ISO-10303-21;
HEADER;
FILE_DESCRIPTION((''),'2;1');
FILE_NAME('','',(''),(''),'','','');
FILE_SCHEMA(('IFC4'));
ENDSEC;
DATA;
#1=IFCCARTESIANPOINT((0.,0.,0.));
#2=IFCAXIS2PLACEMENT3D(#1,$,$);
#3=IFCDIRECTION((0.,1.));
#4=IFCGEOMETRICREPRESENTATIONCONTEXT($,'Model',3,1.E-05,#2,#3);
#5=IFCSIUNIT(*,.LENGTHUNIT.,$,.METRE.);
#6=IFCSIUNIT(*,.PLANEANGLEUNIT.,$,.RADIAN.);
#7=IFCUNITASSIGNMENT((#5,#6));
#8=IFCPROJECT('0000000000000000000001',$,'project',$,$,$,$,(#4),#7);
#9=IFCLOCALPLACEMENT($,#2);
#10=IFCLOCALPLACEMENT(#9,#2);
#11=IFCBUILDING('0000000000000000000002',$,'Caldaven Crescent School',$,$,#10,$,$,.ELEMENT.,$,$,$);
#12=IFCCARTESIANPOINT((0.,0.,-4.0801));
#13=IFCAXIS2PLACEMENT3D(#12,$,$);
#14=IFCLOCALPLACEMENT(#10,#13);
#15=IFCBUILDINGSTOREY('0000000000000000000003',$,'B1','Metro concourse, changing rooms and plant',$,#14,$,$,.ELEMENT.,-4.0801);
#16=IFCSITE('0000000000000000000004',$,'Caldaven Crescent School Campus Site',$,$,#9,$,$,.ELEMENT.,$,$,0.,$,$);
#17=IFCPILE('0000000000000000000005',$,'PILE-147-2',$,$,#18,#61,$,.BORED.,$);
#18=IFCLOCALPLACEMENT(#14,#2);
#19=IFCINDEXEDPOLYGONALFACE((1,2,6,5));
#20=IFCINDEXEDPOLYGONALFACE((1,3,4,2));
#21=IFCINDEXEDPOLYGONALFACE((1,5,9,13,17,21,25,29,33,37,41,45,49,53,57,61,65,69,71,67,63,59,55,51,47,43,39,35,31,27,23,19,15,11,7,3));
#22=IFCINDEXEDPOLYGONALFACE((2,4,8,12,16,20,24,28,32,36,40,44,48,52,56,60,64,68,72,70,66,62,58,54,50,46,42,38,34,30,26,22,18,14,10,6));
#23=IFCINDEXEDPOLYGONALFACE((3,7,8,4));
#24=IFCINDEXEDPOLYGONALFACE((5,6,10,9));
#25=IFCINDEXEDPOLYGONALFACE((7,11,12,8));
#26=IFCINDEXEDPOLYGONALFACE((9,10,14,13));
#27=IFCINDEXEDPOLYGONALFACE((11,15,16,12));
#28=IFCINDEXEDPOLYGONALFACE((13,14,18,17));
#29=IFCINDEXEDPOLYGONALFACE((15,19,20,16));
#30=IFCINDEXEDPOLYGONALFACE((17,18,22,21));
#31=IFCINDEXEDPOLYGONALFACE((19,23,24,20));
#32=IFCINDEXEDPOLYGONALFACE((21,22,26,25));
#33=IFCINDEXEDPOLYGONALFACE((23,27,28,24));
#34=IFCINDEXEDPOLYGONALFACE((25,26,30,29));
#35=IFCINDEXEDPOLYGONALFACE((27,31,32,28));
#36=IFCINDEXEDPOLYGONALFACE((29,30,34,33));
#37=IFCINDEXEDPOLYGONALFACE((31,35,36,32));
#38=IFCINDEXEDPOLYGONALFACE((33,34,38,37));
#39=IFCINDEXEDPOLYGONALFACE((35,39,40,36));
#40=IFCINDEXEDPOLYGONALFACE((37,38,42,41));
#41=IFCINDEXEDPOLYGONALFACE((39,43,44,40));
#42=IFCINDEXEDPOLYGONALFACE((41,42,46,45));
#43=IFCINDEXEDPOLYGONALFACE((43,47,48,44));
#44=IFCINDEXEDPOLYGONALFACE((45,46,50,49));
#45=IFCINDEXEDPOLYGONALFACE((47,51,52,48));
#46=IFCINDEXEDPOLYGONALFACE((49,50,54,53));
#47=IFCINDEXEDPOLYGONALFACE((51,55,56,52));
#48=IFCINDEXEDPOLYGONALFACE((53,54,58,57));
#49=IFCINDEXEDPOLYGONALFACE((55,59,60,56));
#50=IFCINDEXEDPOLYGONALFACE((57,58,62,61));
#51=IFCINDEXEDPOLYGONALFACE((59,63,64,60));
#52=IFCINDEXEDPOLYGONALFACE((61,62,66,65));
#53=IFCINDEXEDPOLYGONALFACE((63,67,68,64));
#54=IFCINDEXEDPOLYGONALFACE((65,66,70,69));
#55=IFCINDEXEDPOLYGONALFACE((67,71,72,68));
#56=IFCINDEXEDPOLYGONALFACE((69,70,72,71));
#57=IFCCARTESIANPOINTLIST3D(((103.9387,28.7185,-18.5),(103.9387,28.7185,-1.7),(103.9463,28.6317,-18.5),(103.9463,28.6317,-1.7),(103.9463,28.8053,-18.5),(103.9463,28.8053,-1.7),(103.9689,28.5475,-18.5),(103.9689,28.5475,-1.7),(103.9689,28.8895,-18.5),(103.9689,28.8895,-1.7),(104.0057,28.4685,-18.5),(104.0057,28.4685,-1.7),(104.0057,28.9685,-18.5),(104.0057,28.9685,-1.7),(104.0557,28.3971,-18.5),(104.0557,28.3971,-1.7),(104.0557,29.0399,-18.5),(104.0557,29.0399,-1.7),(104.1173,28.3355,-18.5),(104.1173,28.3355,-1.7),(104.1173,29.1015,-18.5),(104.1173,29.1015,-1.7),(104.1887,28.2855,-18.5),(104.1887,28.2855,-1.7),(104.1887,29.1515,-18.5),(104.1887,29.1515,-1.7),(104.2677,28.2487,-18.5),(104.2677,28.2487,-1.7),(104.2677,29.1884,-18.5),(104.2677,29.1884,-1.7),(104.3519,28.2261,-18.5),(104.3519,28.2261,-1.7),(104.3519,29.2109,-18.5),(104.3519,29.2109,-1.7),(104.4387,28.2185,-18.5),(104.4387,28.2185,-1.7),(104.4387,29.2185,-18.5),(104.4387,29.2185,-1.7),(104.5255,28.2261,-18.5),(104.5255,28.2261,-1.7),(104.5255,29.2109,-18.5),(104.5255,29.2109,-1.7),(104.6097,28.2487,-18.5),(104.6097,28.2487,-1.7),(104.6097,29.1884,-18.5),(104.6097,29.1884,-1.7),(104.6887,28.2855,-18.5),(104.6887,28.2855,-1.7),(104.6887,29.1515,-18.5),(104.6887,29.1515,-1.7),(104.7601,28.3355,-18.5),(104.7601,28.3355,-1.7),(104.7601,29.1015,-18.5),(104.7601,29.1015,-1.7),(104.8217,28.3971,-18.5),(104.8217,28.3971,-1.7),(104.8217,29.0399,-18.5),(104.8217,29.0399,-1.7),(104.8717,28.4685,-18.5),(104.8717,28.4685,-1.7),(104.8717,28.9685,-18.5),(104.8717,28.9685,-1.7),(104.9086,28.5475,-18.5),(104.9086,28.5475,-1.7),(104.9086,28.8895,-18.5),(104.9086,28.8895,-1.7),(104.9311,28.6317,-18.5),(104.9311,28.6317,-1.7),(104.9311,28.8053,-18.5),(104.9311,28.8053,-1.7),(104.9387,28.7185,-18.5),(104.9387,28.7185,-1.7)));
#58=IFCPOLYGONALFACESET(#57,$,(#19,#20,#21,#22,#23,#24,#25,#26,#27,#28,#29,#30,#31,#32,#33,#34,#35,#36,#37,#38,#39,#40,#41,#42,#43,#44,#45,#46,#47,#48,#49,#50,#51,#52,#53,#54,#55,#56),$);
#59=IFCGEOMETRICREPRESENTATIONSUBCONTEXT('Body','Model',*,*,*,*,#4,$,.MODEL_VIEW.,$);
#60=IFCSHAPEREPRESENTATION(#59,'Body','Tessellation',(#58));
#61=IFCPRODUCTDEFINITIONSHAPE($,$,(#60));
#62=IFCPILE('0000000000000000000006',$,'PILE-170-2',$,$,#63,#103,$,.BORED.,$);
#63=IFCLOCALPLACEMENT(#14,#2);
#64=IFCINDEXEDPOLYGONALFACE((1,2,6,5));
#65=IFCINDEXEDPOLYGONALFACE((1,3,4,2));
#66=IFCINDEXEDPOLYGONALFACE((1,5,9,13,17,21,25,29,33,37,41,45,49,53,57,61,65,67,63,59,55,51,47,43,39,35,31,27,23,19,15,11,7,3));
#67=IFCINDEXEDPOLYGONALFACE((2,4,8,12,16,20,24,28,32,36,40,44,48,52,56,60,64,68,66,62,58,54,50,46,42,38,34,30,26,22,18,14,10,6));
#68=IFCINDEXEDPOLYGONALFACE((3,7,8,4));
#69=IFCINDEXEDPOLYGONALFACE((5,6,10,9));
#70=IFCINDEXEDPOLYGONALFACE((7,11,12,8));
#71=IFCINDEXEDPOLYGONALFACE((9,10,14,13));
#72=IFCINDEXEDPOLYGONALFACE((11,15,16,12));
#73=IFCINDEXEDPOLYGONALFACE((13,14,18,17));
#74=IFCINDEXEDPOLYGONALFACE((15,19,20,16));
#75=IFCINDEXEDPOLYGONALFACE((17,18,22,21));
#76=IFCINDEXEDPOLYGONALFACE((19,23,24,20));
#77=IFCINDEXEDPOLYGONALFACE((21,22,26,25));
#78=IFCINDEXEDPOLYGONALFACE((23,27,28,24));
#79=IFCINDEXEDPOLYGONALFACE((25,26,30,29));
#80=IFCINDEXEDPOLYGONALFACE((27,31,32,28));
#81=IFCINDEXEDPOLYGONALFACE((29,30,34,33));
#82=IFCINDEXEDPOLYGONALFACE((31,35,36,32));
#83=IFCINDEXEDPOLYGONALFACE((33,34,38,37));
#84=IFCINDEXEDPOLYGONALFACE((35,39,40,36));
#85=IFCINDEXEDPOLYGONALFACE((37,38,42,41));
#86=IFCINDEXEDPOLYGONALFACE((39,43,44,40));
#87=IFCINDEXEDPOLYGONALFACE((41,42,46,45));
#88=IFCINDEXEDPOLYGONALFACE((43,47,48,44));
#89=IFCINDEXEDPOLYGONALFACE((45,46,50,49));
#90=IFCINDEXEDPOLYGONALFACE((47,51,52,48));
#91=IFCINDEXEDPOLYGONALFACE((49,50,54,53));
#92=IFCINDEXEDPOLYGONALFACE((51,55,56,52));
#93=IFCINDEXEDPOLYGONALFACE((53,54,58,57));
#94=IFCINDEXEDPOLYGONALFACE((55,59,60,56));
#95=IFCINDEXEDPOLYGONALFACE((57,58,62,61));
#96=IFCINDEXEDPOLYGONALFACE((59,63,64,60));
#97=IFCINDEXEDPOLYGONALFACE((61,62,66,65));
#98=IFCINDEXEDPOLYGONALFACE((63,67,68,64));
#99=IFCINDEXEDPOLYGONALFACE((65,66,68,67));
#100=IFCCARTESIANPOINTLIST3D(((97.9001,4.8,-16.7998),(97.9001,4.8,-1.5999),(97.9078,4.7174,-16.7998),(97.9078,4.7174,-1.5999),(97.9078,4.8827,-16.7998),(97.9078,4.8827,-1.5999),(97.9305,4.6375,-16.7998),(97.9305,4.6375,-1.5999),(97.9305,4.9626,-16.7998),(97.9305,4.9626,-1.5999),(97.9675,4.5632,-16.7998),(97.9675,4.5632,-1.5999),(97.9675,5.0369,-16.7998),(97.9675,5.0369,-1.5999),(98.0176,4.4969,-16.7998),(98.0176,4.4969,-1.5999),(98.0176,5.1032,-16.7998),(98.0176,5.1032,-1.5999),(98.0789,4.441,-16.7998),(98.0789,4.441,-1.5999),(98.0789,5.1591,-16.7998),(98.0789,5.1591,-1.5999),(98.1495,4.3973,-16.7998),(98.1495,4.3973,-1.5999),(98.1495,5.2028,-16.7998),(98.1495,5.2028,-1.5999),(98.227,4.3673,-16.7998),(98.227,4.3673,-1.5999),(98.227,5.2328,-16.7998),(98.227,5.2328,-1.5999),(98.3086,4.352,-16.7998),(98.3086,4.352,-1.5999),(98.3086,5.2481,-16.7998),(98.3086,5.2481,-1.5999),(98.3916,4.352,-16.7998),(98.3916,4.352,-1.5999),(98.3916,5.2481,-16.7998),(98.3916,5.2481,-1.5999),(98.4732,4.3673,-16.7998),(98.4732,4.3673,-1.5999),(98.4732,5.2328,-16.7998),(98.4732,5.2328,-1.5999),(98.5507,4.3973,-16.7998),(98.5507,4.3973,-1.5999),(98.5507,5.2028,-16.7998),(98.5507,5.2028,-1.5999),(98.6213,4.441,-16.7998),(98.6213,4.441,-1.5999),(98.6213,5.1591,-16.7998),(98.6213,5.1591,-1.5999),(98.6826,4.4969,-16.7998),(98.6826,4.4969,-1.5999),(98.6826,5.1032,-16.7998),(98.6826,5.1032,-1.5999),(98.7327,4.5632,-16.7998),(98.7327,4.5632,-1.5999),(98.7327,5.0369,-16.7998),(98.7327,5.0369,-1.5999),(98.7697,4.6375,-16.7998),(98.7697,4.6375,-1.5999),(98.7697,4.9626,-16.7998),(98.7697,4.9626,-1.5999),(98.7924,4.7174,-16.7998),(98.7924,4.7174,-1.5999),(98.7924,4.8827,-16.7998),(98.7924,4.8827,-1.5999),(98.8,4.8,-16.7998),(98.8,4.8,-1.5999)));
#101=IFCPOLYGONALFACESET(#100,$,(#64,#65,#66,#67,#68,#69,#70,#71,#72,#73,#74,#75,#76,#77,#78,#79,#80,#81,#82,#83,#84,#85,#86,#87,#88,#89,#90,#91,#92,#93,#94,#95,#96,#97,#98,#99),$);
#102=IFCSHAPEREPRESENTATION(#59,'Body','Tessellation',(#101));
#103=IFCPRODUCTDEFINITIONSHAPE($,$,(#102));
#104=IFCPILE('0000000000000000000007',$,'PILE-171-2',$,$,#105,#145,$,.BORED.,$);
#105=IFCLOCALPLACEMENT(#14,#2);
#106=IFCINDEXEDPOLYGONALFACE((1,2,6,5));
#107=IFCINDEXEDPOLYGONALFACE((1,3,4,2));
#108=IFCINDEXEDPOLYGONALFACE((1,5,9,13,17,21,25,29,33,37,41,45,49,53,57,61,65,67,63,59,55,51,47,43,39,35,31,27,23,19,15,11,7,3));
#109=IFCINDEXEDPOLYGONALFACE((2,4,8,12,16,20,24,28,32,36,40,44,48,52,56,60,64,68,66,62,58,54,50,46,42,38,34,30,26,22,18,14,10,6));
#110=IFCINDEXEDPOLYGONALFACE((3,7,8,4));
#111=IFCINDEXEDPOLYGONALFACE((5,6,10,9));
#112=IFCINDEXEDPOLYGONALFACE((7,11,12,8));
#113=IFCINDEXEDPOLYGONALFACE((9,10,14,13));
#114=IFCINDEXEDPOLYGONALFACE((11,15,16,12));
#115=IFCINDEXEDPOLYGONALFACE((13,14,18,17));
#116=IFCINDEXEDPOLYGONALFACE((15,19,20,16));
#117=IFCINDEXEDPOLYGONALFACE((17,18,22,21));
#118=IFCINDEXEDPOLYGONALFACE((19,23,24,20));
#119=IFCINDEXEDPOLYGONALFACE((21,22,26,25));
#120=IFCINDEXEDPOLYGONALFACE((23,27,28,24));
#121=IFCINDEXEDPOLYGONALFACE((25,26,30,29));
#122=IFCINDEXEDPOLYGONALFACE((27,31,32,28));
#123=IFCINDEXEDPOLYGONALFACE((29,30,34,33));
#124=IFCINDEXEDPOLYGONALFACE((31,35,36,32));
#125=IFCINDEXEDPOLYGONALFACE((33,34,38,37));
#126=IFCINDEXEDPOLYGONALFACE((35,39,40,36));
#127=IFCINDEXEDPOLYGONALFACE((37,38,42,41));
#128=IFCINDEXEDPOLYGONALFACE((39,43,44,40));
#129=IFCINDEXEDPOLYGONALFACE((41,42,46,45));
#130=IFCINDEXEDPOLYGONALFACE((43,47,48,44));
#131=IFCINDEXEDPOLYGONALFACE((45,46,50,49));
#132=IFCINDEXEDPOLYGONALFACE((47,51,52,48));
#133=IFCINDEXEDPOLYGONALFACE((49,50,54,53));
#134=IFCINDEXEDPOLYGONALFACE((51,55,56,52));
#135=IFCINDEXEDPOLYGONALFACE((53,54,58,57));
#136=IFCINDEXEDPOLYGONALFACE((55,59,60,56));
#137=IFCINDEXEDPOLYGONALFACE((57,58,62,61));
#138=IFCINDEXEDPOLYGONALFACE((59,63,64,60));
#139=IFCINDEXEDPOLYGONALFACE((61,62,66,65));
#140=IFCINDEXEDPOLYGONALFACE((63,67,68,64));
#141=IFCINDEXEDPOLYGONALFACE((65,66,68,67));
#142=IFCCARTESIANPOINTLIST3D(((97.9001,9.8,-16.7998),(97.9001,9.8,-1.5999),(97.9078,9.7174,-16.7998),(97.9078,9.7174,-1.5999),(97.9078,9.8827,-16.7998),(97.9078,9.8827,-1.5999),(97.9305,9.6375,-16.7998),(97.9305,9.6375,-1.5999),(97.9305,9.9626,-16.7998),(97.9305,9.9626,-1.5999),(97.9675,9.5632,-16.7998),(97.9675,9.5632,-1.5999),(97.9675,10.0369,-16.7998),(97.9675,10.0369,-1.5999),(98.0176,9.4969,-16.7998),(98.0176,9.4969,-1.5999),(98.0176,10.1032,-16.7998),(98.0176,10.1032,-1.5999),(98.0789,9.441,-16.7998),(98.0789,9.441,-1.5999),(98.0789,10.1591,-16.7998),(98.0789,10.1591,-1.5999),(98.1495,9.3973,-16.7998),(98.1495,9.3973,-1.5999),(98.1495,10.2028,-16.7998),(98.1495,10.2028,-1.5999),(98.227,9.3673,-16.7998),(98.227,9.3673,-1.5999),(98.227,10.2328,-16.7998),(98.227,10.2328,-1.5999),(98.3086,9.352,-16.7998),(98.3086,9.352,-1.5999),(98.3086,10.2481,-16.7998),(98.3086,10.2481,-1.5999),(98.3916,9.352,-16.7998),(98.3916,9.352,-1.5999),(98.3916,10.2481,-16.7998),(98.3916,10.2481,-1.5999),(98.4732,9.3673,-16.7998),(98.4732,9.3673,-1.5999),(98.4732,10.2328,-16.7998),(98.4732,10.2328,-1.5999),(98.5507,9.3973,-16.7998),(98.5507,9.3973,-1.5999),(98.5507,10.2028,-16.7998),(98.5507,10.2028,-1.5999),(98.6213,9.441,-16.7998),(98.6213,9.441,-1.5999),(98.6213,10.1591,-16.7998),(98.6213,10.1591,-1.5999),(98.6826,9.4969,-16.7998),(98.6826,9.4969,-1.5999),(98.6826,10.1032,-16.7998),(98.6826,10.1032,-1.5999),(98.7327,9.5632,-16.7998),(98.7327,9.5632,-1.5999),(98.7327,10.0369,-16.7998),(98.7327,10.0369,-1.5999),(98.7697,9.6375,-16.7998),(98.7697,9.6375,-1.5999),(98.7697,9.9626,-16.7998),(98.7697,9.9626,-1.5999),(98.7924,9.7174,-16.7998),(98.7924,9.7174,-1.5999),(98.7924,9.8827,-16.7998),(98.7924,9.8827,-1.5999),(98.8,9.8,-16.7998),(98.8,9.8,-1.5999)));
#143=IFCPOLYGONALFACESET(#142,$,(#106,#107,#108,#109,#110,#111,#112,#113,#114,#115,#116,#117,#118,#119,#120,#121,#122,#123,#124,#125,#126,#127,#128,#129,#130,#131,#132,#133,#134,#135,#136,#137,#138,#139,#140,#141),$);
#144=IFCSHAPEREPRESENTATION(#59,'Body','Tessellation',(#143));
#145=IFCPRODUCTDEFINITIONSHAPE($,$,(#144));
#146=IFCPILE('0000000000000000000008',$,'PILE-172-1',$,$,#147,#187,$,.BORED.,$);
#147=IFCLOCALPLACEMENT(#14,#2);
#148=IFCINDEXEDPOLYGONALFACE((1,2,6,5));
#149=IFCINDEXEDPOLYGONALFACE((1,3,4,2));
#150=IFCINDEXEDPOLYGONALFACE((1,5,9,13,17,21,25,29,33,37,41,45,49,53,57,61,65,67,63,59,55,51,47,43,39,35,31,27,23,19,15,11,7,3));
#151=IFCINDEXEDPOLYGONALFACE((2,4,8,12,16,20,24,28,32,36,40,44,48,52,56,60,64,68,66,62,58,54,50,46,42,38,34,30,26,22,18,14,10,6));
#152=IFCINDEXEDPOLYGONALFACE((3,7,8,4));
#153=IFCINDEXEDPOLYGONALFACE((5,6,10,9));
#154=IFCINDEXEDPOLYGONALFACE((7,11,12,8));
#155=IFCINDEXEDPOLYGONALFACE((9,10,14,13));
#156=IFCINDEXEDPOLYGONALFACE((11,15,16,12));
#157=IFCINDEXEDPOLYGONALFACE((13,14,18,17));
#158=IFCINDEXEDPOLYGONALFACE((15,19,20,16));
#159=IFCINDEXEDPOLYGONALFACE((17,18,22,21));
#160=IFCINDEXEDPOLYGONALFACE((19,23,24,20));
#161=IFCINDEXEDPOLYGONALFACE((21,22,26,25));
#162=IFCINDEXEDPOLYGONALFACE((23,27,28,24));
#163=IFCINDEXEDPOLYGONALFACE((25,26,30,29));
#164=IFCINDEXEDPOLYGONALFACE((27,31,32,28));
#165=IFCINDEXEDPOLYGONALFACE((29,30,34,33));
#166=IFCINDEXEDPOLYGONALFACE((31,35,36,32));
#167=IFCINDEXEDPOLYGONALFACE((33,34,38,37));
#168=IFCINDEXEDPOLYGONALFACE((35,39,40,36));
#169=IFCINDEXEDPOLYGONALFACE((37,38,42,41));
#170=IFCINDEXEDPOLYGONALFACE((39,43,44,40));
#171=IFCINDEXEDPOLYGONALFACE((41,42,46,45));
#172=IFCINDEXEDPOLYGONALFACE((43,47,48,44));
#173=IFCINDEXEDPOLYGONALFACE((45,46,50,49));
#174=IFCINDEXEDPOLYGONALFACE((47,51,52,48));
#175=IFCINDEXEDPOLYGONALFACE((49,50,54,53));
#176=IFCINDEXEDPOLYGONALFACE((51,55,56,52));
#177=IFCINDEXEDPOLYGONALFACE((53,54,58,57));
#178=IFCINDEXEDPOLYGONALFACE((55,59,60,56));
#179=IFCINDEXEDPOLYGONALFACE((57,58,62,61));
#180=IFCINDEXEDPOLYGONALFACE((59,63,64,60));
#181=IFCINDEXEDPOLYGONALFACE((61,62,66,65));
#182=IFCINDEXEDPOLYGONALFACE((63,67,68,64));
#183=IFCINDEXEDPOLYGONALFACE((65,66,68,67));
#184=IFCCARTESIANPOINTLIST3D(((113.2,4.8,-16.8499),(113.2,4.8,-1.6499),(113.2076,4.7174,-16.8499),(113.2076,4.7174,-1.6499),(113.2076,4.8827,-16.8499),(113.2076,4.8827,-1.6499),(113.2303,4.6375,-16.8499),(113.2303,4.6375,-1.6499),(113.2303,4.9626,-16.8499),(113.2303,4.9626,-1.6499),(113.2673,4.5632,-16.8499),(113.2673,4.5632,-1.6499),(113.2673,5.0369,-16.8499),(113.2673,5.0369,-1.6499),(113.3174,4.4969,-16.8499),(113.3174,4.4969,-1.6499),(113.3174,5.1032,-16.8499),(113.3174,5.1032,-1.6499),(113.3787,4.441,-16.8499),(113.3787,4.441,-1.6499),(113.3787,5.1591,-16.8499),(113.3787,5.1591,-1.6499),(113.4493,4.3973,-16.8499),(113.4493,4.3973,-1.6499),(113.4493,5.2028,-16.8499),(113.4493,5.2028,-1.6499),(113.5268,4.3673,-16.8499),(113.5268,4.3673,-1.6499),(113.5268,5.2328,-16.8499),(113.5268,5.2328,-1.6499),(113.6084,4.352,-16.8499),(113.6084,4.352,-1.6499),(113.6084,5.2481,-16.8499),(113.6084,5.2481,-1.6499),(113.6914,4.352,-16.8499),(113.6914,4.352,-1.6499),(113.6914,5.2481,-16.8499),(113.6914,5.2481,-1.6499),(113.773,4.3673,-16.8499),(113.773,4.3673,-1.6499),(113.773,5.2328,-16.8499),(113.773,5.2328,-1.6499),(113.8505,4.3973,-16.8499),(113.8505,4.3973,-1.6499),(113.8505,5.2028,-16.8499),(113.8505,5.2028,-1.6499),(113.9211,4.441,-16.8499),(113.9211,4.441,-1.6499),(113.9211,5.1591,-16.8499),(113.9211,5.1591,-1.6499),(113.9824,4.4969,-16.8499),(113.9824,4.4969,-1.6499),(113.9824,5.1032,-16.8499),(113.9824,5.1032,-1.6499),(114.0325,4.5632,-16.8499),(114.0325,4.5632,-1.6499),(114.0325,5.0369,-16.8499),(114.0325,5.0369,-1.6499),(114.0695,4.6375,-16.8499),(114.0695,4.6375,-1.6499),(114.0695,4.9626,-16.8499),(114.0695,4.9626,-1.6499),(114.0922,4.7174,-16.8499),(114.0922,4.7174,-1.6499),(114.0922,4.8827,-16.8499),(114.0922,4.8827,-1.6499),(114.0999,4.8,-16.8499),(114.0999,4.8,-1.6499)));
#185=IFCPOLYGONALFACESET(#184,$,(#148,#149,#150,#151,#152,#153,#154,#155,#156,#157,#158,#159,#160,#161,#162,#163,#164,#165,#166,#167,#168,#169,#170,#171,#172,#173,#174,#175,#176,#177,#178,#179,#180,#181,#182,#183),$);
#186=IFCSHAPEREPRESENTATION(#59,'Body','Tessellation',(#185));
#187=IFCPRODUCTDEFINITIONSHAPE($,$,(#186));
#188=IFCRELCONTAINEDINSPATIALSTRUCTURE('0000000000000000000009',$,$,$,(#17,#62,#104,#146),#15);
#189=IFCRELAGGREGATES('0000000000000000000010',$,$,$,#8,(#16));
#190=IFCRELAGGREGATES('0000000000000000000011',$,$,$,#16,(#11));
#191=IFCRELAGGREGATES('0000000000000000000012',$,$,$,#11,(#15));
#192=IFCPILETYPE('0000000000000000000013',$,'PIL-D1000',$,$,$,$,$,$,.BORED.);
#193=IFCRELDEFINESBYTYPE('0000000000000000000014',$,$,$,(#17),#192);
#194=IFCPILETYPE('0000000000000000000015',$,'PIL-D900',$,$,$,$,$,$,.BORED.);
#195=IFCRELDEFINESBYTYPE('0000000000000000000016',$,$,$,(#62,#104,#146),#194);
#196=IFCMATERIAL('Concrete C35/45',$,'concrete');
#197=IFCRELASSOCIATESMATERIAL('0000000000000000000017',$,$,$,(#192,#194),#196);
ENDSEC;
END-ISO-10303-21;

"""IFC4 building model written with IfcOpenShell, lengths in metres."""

from ifc_helpers import new_model, si_unit, direction, frame, origin, origin_2d, place, context, subcontext, project, spatial, circle, extrude, material, material_profile, profile_set, type_object, element, save


model = new_model("IFC4")

# Units and contexts
model_context = context("Model", 3, precision=1e-05, world=origin(), true_north=direction((0.0, 1.0)))
body_context = subcontext(model_context, "Body", "Model", "MODEL_VIEW")
ifc_project = project(units=[si_unit("LENGTHUNIT", "METRE"), si_unit("PLANEANGLEUNIT", "RADIAN")], contexts=[model_context])

# Site, building, storey
site_placement = place(None, origin())
site = spatial("IfcSite", under=ifc_project, at=site_placement, Name="Caldaven Crescent School Campus Site", CompositionType="ELEMENT", RefElevation=0.0)
building_placement = place(site_placement, origin())
building = spatial("IfcBuilding", under=site, at=building_placement, Name="Caldaven Crescent School", CompositionType="ELEMENT")
storey_placement = place(building_placement, frame((0.0, 0.0, -4.0801)))
storey = spatial("IfcBuildingStorey", under=building, at=storey_placement, Name="B1", Description="Metro concourse, changing rooms and plant", CompositionType="ELEMENT", Elevation=-4.0801)

# Shared definitions
ifc_material_1 = material(Name="Concrete C35/45", Category="concrete")

# Piles
ifc_material_profile_1 = material_profile(ifc_material_1, circle(Radius=0.5, at=origin_2d()), Name="PILE D1000")
ifc_profile_set_1 = profile_set([ifc_material_profile_1], Name="Concrete C35/45")
pile_type_1 = type_object("IfcPileType", Name="PIL-D1000", PredefinedType="BORED", material=ifc_profile_set_1)
for number, where, z_axis, x_axis, name in (
    (1, (104.4387, 28.7185, -1.7), (0.0, 0.0, -1.0), (1.0, 0.0, 0.0), "PILE-147-2"),
):
    element("IfcPile", number, at=place(storey_placement, frame(where, z_axis=z_axis, x_axis=x_axis)), inside=storey, type_object=pile_type_1, Name=name, PredefinedType="BORED", context=body_context, shape_type="SweptSolid", body=[
        extrude(circle(Radius=0.5, at=origin_2d()), origin(), (0.0, 0.0, 1.0), 16.8),
    ])
ifc_material_profile_2 = material_profile(ifc_material_1, circle(Radius=0.45, at=origin_2d()), Name="PILE D900")
ifc_profile_set_2 = profile_set([ifc_material_profile_2], Name="Concrete C35/45")
pile_type_2 = type_object("IfcPileType", Name="PIL-D900", PredefinedType="BORED", material=ifc_profile_set_2)
for number, where, z_axis, x_axis, name in (
    (2, (98.3501, 4.8, -1.5999), (0.0, 0.0, -1.0), (1.0, 0.0, 0.0), "PILE-170-2"),
    (3, (98.3501, 9.8, -1.5999), (0.0, 0.0, -1.0), (1.0, 0.0, 0.0), "PILE-171-2"),
    (4, (113.6499, 4.8, -1.6499), (0.0, 0.0, -1.0), (1.0, 0.0, 0.0), "PILE-172-1"),
):
    element("IfcPile", number, at=place(storey_placement, frame(where, z_axis=z_axis, x_axis=x_axis)), inside=storey, type_object=pile_type_2, Name=name, PredefinedType="BORED", context=body_context, shape_type="SweptSolid", body=[
        extrude(circle(Radius=0.45, at=origin_2d()), origin(), (0.0, 0.0, 1.0), 15.2),
    ])

save(model, "model.ifc")
